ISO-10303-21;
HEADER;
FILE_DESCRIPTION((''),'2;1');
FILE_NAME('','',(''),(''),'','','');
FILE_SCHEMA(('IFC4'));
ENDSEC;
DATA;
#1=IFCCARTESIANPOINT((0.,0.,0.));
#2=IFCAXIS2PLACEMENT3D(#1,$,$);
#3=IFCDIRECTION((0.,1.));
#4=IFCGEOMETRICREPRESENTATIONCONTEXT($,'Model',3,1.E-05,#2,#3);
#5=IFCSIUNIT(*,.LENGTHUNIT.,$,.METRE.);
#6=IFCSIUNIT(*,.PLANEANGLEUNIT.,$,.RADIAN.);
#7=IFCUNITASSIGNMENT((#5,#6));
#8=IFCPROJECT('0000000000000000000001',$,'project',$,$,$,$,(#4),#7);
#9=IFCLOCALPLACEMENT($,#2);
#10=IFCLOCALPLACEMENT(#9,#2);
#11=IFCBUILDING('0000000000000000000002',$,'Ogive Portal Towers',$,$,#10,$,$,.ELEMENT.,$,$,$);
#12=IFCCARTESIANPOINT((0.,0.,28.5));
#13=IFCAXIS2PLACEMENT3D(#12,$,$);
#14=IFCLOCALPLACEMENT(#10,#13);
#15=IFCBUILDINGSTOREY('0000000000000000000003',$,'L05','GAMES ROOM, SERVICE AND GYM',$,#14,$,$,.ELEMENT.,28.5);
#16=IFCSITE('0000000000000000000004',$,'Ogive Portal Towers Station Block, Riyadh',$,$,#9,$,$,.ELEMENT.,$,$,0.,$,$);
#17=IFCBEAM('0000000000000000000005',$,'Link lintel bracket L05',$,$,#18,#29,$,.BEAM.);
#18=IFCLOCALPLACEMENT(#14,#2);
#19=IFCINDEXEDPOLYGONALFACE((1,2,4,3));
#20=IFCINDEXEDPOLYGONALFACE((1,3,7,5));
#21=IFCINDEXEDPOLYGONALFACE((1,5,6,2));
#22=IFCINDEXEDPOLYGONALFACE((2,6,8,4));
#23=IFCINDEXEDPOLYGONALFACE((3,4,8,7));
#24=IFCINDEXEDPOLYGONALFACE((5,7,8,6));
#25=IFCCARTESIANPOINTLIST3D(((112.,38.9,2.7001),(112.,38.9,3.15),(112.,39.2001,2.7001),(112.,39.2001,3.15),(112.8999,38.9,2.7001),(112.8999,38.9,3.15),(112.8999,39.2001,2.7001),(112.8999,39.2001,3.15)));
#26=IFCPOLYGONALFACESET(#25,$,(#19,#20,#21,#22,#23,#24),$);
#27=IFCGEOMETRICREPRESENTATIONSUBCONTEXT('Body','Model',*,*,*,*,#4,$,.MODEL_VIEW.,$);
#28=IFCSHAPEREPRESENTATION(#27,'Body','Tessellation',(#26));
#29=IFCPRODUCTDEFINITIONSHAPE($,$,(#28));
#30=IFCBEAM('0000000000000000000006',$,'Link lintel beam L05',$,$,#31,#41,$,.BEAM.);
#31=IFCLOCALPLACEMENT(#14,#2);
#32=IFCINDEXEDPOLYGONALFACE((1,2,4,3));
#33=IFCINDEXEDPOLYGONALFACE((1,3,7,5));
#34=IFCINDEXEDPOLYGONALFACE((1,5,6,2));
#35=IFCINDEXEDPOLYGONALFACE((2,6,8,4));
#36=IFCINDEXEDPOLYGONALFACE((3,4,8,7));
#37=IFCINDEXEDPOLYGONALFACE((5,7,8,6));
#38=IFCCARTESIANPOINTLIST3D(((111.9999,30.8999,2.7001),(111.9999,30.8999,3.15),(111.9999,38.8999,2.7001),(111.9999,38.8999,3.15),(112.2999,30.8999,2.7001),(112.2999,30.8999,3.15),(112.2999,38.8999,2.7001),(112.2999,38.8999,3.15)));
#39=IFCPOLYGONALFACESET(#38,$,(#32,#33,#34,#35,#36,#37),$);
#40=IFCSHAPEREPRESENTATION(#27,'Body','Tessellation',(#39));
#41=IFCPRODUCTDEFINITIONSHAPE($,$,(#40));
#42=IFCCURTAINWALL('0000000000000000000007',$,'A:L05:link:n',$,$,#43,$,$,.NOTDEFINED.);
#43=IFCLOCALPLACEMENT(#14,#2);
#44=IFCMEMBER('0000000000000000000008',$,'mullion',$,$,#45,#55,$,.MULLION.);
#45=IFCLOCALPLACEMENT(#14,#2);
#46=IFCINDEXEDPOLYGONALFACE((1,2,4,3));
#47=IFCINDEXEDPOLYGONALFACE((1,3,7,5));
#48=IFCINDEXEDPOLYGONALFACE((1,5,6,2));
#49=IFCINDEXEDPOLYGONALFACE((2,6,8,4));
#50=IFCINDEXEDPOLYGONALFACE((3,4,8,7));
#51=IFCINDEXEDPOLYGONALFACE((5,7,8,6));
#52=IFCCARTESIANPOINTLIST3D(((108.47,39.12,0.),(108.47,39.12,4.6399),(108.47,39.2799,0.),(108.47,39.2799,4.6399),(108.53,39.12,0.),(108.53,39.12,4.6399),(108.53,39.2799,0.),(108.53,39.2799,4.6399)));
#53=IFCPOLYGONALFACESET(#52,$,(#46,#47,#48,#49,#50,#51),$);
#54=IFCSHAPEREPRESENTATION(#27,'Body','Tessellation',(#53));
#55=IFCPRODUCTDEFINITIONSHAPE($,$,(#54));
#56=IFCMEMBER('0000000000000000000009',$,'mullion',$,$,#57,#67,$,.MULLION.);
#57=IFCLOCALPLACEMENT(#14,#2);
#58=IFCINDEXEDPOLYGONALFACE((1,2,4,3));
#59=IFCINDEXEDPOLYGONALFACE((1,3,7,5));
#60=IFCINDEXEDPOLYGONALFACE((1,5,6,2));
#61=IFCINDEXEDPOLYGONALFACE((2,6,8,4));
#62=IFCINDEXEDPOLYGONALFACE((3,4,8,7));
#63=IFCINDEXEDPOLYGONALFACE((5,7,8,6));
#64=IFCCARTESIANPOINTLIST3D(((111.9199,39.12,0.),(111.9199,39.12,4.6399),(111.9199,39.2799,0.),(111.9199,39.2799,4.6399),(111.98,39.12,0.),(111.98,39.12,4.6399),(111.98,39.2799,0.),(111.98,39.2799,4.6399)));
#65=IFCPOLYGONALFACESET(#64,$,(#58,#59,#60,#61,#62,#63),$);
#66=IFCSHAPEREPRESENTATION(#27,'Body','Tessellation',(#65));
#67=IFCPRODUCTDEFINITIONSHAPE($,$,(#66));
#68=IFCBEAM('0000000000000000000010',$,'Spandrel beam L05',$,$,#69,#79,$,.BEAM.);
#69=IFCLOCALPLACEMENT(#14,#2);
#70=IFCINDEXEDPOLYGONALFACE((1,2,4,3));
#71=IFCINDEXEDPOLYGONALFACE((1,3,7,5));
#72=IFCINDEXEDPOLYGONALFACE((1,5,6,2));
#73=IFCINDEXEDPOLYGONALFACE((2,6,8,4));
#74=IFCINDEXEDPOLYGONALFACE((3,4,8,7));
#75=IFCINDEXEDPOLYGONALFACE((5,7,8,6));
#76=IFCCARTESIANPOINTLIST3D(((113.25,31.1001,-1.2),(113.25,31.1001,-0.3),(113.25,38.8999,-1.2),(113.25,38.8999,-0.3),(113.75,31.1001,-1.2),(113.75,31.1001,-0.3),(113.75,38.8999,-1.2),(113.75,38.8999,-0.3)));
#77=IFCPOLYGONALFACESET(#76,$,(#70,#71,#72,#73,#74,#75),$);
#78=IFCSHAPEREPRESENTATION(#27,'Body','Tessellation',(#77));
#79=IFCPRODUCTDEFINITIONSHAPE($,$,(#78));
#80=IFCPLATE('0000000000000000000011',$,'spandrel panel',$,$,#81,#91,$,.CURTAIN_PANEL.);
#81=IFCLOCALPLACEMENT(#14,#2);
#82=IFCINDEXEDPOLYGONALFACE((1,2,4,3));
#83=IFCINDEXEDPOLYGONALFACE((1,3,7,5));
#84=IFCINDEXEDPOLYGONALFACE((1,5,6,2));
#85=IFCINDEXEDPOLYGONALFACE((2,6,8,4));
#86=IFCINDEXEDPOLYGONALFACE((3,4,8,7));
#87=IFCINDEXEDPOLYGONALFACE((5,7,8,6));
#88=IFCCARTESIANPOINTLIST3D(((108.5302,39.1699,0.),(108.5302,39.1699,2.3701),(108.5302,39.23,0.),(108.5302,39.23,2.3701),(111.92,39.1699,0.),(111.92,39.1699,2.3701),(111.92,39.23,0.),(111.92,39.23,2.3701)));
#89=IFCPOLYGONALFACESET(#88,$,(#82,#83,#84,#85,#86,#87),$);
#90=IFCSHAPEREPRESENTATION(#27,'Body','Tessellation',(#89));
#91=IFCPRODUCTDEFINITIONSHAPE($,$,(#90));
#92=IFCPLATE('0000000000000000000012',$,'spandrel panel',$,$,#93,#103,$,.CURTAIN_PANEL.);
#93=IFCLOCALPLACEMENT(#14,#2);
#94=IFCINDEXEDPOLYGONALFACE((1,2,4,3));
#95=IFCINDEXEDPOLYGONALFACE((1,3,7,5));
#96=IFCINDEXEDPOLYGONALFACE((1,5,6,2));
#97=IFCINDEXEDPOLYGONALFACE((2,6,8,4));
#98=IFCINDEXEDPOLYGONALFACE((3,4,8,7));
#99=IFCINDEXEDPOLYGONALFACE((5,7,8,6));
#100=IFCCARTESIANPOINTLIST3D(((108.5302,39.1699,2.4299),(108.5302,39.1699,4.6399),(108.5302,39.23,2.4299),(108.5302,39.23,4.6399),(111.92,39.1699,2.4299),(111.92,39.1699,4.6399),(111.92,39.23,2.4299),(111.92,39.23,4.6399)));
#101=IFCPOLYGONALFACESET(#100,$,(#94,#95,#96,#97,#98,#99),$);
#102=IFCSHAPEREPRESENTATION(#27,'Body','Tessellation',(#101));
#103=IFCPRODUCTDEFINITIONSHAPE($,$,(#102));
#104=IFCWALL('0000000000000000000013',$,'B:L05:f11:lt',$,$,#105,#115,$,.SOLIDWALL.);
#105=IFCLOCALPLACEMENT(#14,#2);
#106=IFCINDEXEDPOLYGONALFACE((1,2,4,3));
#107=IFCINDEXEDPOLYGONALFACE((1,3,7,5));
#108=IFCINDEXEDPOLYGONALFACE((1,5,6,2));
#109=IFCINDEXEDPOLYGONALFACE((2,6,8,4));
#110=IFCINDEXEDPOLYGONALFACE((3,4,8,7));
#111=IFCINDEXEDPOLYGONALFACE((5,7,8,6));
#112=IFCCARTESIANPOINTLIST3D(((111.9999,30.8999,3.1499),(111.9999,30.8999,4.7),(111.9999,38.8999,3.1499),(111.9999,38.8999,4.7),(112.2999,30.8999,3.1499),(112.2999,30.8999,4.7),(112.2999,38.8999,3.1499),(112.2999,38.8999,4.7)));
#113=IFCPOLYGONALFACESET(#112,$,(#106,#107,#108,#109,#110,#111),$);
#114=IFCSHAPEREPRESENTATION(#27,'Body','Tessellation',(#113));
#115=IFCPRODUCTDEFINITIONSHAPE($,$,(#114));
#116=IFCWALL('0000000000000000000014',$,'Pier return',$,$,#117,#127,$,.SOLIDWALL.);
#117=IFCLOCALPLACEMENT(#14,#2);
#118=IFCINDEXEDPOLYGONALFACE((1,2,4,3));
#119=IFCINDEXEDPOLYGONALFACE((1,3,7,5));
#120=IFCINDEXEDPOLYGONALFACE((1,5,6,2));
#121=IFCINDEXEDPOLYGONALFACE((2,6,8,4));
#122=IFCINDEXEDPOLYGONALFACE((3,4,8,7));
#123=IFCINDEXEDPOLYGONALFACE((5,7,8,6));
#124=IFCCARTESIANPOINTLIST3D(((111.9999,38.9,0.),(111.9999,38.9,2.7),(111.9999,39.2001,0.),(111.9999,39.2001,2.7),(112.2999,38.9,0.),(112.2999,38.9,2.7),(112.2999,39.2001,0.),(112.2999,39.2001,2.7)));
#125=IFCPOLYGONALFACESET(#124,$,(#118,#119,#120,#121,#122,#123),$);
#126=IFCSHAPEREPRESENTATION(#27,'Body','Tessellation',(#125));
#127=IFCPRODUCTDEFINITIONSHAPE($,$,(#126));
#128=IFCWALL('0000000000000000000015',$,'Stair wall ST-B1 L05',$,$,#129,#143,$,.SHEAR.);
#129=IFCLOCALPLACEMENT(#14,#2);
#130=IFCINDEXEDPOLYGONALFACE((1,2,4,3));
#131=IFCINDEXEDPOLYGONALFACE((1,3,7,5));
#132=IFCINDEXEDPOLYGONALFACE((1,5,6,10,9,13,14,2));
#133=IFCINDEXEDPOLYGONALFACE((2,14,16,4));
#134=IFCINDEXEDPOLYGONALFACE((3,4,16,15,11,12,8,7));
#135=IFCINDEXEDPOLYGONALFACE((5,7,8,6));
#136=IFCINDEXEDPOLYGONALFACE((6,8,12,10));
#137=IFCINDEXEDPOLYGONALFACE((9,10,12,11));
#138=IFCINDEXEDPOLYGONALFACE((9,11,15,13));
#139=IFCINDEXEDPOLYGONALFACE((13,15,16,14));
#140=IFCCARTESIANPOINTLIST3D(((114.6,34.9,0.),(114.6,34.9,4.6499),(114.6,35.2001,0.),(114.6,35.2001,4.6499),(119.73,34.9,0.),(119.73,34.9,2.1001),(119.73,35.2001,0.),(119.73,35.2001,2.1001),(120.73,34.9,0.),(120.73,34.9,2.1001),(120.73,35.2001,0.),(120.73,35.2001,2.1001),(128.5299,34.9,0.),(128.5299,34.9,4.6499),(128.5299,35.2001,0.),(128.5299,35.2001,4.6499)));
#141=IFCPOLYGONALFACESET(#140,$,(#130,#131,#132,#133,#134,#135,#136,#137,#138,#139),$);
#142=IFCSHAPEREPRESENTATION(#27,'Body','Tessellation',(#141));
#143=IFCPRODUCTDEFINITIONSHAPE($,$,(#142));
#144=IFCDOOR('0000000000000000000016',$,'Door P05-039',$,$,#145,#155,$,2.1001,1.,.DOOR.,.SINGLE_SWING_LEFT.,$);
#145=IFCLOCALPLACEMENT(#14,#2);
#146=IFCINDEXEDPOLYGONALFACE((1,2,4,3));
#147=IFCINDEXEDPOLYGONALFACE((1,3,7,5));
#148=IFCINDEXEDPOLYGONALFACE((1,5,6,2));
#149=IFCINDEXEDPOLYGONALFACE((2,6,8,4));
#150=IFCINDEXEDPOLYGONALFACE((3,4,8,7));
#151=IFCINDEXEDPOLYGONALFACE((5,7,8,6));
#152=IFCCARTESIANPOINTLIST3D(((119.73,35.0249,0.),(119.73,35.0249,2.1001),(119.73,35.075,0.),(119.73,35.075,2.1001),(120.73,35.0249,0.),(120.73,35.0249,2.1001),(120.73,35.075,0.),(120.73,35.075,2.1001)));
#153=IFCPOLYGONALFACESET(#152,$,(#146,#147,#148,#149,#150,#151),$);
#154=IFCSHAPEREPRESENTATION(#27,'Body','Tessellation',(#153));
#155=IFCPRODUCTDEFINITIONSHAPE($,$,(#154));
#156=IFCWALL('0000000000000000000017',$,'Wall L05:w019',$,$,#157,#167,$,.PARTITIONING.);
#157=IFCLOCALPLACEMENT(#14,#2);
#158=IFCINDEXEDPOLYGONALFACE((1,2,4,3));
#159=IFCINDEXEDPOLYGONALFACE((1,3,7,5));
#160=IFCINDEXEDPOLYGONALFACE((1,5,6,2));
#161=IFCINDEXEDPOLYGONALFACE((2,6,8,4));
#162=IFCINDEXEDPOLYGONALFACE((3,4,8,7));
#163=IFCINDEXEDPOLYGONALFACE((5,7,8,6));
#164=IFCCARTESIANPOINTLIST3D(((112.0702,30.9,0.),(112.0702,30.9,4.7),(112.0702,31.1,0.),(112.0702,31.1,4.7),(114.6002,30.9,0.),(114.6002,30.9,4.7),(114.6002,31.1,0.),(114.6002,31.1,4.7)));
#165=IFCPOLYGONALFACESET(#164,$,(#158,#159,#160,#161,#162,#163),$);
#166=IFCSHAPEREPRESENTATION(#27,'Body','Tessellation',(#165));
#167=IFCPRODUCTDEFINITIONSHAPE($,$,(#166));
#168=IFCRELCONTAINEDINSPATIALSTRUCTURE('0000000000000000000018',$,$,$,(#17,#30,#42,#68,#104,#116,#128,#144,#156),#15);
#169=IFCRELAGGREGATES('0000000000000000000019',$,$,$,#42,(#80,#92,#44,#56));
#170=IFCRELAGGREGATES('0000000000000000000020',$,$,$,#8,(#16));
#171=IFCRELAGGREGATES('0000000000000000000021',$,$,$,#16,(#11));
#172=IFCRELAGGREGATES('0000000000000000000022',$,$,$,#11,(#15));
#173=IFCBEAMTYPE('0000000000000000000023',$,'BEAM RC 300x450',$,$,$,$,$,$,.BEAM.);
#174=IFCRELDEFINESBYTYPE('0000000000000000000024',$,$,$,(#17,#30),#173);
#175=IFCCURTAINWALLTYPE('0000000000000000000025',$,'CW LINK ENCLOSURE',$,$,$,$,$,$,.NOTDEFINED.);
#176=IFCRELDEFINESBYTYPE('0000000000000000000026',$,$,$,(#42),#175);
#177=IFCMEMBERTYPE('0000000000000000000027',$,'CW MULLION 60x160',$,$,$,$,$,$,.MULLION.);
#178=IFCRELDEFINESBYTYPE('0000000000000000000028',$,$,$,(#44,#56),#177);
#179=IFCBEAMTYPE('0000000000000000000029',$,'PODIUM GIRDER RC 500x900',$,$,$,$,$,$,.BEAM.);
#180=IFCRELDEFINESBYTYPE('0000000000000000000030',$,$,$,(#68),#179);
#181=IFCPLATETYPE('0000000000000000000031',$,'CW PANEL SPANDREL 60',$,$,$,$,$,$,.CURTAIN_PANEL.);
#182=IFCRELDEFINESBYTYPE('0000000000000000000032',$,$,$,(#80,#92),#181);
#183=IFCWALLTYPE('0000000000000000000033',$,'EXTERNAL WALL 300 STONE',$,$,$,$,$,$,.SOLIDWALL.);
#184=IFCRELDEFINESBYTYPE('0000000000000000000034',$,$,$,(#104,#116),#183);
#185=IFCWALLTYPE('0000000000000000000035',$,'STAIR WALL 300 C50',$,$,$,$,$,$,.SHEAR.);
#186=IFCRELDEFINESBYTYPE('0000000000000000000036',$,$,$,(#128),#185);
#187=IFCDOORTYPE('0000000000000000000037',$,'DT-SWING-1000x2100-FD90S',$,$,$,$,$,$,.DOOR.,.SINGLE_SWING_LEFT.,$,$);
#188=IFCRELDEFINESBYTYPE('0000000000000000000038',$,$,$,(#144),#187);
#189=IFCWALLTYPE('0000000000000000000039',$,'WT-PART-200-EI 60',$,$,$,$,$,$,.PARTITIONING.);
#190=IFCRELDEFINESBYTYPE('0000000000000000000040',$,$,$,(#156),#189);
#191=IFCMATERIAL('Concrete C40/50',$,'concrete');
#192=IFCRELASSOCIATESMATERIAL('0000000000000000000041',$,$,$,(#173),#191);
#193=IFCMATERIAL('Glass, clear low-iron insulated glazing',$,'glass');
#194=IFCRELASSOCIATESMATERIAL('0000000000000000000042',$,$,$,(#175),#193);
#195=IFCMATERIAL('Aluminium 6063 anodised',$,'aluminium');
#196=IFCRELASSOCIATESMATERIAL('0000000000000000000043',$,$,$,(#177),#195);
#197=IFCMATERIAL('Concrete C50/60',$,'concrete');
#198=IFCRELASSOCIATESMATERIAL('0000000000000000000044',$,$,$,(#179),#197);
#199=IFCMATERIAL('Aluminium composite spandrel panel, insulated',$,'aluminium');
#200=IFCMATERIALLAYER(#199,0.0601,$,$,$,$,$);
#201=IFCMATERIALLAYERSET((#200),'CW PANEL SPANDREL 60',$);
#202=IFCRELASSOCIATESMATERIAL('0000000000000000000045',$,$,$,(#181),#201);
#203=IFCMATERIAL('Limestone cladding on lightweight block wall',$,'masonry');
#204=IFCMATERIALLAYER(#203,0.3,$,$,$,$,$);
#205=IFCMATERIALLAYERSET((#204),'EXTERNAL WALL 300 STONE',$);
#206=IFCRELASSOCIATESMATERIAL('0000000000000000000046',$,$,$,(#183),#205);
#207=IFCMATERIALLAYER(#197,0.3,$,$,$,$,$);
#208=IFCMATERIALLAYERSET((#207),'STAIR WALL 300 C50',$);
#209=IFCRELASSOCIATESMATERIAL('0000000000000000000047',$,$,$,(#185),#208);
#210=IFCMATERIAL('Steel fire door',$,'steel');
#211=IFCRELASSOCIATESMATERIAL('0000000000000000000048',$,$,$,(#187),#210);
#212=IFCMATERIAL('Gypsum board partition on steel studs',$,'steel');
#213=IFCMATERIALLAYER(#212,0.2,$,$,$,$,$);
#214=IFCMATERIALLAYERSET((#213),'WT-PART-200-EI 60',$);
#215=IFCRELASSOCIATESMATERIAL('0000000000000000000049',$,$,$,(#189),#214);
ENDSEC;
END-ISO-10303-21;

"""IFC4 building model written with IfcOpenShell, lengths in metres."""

from ifc_helpers import new_model, si_unit, direction, frame, frame_2d, origin, origin_2d, place, context, subcontext, project, spatial, rectangle, extrude, material, layer, layer_set, material_profile, profile_set, type_object, element, fill, aggregate, save


model = new_model("IFC4")

# Units and contexts
model_context = context("Model", 3, precision=1e-05, world=origin(), true_north=direction((0.0, 1.0)))
body_context = subcontext(model_context, "Body", "Model", "MODEL_VIEW")
ifc_project = project(units=[si_unit("LENGTHUNIT", "METRE"), si_unit("PLANEANGLEUNIT", "RADIAN")], contexts=[model_context])

# Site, building, storey
site_placement = place(None, origin())
site = spatial("IfcSite", under=ifc_project, at=site_placement, Name="Ogive Portal Towers Station Block, Riyadh", CompositionType="ELEMENT", RefElevation=0.0)
building_placement = place(site_placement, origin())
building = spatial("IfcBuilding", under=site, at=building_placement, Name="Ogive Portal Towers", CompositionType="ELEMENT")
storey_placement = place(building_placement, frame((0.0, 0.0, 28.5)))
storey = spatial("IfcBuildingStorey", under=building, at=storey_placement, Name="L05", Description="GAMES ROOM, SERVICE AND GYM", CompositionType="ELEMENT", Elevation=28.5)

# Beams
ifc_material_1 = material(Name="Concrete C40/50", Category="concrete")
ifc_material_profile_1 = material_profile(ifc_material_1, rectangle(XDim=0.3, YDim=0.45, at=origin_2d()), Name="RC 300x450")
ifc_profile_set_1 = profile_set([ifc_material_profile_1], Name="Concrete C40/50")
beam_type_1 = type_object("IfcBeamType", Name="BEAM RC 300x450", PredefinedType="BEAM", material=ifc_profile_set_1)
beam_1_placement = place(storey_placement, frame((112.8999, 39.05, 2.925), z_axis=(-1.0, 0.0, 0.0), x_axis=(0.0, -1.0, 0.0)))
element("IfcBeam", 1, at=beam_1_placement, inside=storey, type_object=beam_type_1, Name="Link lintel bracket L05", PredefinedType="BEAM", context=body_context, shape_type="SweptSolid", body=[
    extrude(rectangle(XDim=0.3, YDim=0.45, at=origin_2d()), origin(), (0.0, 0.0, 1.0), 0.8999),
])
beam_2_placement = place(storey_placement, frame((112.1499, 38.8999, 2.925), z_axis=(0.0, -1.0, 0.0), x_axis=(1.0, 0.0, 0.0)))
element("IfcBeam", 2, at=beam_2_placement, inside=storey, type_object=beam_type_1, Name="Link lintel beam L05", PredefinedType="BEAM", context=body_context, shape_type="SweptSolid", body=[
    extrude(rectangle(XDim=0.3, YDim=0.45, at=origin_2d()), origin(), (0.0, 0.0, 1.0), 8.0),
])

# Curtain wall, members
ifc_material_2 = material(Name="Glass, clear low-iron insulated glazing", Category="glass")
curtain_wall_type = type_object("IfcCurtainWallType", Name="CW LINK ENCLOSURE", PredefinedType="NOTDEFINED", material=ifc_material_2)
curtain_wall_placement = place(storey_placement, origin())
curtain_wall = element("IfcCurtainWall", 3, at=curtain_wall_placement, inside=storey, type_object=curtain_wall_type, Name="A:L05:link:n", PredefinedType="NOTDEFINED")
ifc_material_3 = material(Name="Aluminium 6063 anodised", Category="aluminium")
ifc_material_profile_2 = material_profile(ifc_material_3, rectangle(XDim=0.1599, YDim=0.0601, at=origin_2d()), Name="AL 60x160")
ifc_profile_set_2 = profile_set([ifc_material_profile_2], Name="Aluminium 6063 anodised")
member_type = type_object("IfcMemberType", Name="CW MULLION 60x160", PredefinedType="MULLION", material=ifc_profile_set_2)
member_1_placement = place(storey_placement, frame((108.5, 39.2, 0.0), z_axis=(0.0, 0.0, 1.0), x_axis=(0.0, 1.0, 0.0)))
member_1 = element("IfcMember", 4, at=member_1_placement, type_object=member_type, Name="mullion", PredefinedType="MULLION", context=body_context, shape_type="SweptSolid", body=[
    extrude(rectangle(XDim=0.1599, YDim=0.0601, at=origin_2d()), origin(), (0.0, 0.0, 1.0), 4.6399),
])
member_2_placement = place(storey_placement, frame((111.95, 39.2, 0.0), z_axis=(0.0, 0.0, 1.0), x_axis=(0.0, 1.0, 0.0)))
member_2 = element("IfcMember", 5, at=member_2_placement, type_object=member_type, Name="mullion", PredefinedType="MULLION", context=body_context, shape_type="SweptSolid", body=[
    extrude(rectangle(XDim=0.1599, YDim=0.0601, at=origin_2d()), origin(), (0.0, 0.0, 1.0), 4.6399),
])

# Beam
ifc_material_4 = material(Name="Concrete C50/60", Category="concrete")
ifc_material_profile_3 = material_profile(ifc_material_4, rectangle(XDim=0.5, YDim=0.8999, at=origin_2d()), Name="RC 500x900")
ifc_profile_set_3 = profile_set([ifc_material_profile_3], Name="Concrete C50/60")
beam_type_2 = type_object("IfcBeamType", Name="PODIUM GIRDER RC 500x900", PredefinedType="BEAM", material=ifc_profile_set_3)
beam_3_placement = place(storey_placement, frame((113.5, 38.8999, -0.75), z_axis=(0.0, -1.0, 0.0), x_axis=(1.0, 0.0, 0.0)))
element("IfcBeam", 6, at=beam_3_placement, inside=storey, type_object=beam_type_2, Name="Spandrel beam L05", PredefinedType="BEAM", context=body_context, shape_type="SweptSolid", body=[
    extrude(rectangle(XDim=0.5, YDim=0.8999, at=origin_2d()), origin(), (0.0, 0.0, 1.0), 7.7998),
])

# Plates
ifc_material_5 = material(Name="Aluminium composite spandrel panel, insulated", Category="aluminium")
ifc_layer_1 = layer(ifc_material_5, 0.0601)
ifc_layer_set_1 = layer_set([ifc_layer_1], Name="CW PANEL SPANDREL 60")
plate_type = type_object("IfcPlateType", Name="CW PANEL SPANDREL 60", PredefinedType="CURTAIN_PANEL", material=ifc_layer_set_1)
plate_1_placement = place(storey_placement, frame((110.2251, 39.2, 0.0), z_axis=(0.0, 0.0, 1.0), x_axis=(1.0, 0.0, 0.0)))
plate_1 = element("IfcPlate", 7, at=plate_1_placement, type_object=plate_type, Name="spandrel panel", PredefinedType="CURTAIN_PANEL", context=body_context, shape_type="SweptSolid", body=[
    extrude(rectangle(XDim=3.3899, YDim=0.0601, at=origin_2d()), origin(), (0.0, 0.0, 1.0), 2.3701),
])
plate_2_placement = place(storey_placement, frame((110.2251, 39.2, 2.4299), z_axis=(0.0, 0.0, 1.0), x_axis=(1.0, 0.0, 0.0)))
plate_2 = element("IfcPlate", 8, at=plate_2_placement, type_object=plate_type, Name="spandrel panel", PredefinedType="CURTAIN_PANEL", context=body_context, shape_type="SweptSolid", body=[
    extrude(rectangle(XDim=3.3899, YDim=0.0601, at=origin_2d()), origin(), (0.0, 0.0, 1.0), 2.21),
])
aggregate(curtain_wall, [plate_1, plate_2, member_1, member_2])

# Walls
ifc_material_6 = material(Name="Limestone cladding on lightweight block wall", Category="masonry")
ifc_layer_2 = layer(ifc_material_6, 0.3)
ifc_layer_set_2 = layer_set([ifc_layer_2], Name="EXTERNAL WALL 300 STONE")
wall_type_1 = type_object("IfcWallType", Name="EXTERNAL WALL 300 STONE", PredefinedType="SOLIDWALL", material=ifc_layer_set_2)
wall_1_placement = place(storey_placement, frame((112.1499, 38.8999, 3.1499), z_axis=(0.0, 0.0, 1.0), x_axis=(0.0, -1.0, 0.0)))
element("IfcWall", 9, at=wall_1_placement, inside=storey, type_object=wall_type_1, Name="B:L05:f11:lt", PredefinedType="SOLIDWALL", context=body_context, shape_type="SweptSolid", body=[
    extrude(rectangle(XDim=8.0, YDim=0.3, at=frame_2d((4.0, 0.0))), origin(), (0.0, 0.0, 1.0), 1.55),
])
wall_2_placement = place(storey_placement, frame((112.1499, 39.2, 0.0), z_axis=(0.0, 0.0, 1.0), x_axis=(0.0, -1.0, 0.0)))
element("IfcWall", 10, at=wall_2_placement, inside=storey, type_object=wall_type_1, Name="Pier return", PredefinedType="SOLIDWALL", context=body_context, shape_type="SweptSolid", body=[
    extrude(rectangle(XDim=0.3, YDim=0.3, at=frame_2d((0.1499, 0.0))), origin(), (0.0, 0.0, 1.0), 2.7),
])

# Wall, opening, door
ifc_layer_3 = layer(ifc_material_4, 0.3)
ifc_layer_set_3 = layer_set([ifc_layer_3], Name="STAIR WALL 300 C50")
wall_type_2 = type_object("IfcWallType", Name="STAIR WALL 300 C50", PredefinedType="SHEAR", material=ifc_layer_set_3)
wall_3_placement = place(storey_placement, frame((114.6001, 35.05, 0.0), z_axis=(0.0, 0.0, 1.0), x_axis=(1.0, 0.0, 0.0)))
wall_3 = element("IfcWall", 11, at=wall_3_placement, inside=storey, type_object=wall_type_2, Name="Stair wall ST-B1 L05", PredefinedType="SHEAR", context=body_context, shape_type="SweptSolid", body=[
    extrude(rectangle(XDim=13.9299, YDim=0.3, at=frame_2d((6.9648, 0.0))), origin(), (0.0, 0.0, 1.0), 4.6499),
])
opening_1_placement = place(wall_3_placement, frame((5.1299, 0.0, 0.0)))
opening_1 = element("IfcOpeningElement", 12, at=opening_1_placement, cuts=wall_3, PredefinedType="OPENING", context=body_context, shape_type="SweptSolid", body=[
    extrude(rectangle(XDim=1.0, YDim=2.1001, at=frame_2d((0.5, 1.05))), frame((0.0, 0.1602, 0.0), z_axis=(0.0, -1.0, 0.0), x_axis=(1.0, 0.0, 0.0)), (0.0, 0.0, 1.0), 0.3201),
])
ifc_material_7 = material(Name="Steel fire door", Category="steel")
door_type_1 = type_object("IfcDoorType", Name="DT-SWING-1000x2100-FD90S", OperationType="SINGLE_SWING_LEFT", PredefinedType="DOOR", material=ifc_material_7)
door_1_placement = place(opening_1_placement, origin())
door_1 = element("IfcDoor", 13, at=door_1_placement, inside=storey, type_object=door_type_1, Name="Door P05-039", OperationType="SINGLE_SWING_LEFT", OverallHeight=2.1001, OverallWidth=1.0, PredefinedType="DOOR", context=body_context, shape_type="SweptSolid", body=[
    extrude(rectangle(XDim=1.0, YDim=2.1001, at=frame_2d((0.5, 1.05))), frame((0.0, 0.0249, 0.0), z_axis=(0.0, -1.0, 0.0), x_axis=(1.0, 0.0, 0.0)), (0.0, 0.0, 1.0), 0.05),
])
fill(opening_1, door_1)

# Wall
ifc_material_8 = material(Name="Gypsum board partition on steel studs", Category="steel")
ifc_layer_4 = layer(ifc_material_8, 0.2)
ifc_layer_set_4 = layer_set([ifc_layer_4], Name="WT-PART-200-EI 60")
wall_type_3 = type_object("IfcWallType", Name="WT-PART-200-EI 60", PredefinedType="PARTITIONING", material=ifc_layer_set_4)
wall_4_placement = place(storey_placement, frame((112.0701, 31.0, 0.0), z_axis=(0.0, 0.0, 1.0), x_axis=(1.0, 0.0, 0.0)))
element("IfcWall", 14, at=wall_4_placement, inside=storey, type_object=wall_type_3, Name="Wall L05:w019", PredefinedType="PARTITIONING", context=body_context, shape_type="SweptSolid", body=[
    extrude(rectangle(XDim=2.53, YDim=0.2, at=frame_2d((1.2651, 0.0))), origin(), (0.0, 0.0, 1.0), 4.7),
])

save(model, "model.ifc")
